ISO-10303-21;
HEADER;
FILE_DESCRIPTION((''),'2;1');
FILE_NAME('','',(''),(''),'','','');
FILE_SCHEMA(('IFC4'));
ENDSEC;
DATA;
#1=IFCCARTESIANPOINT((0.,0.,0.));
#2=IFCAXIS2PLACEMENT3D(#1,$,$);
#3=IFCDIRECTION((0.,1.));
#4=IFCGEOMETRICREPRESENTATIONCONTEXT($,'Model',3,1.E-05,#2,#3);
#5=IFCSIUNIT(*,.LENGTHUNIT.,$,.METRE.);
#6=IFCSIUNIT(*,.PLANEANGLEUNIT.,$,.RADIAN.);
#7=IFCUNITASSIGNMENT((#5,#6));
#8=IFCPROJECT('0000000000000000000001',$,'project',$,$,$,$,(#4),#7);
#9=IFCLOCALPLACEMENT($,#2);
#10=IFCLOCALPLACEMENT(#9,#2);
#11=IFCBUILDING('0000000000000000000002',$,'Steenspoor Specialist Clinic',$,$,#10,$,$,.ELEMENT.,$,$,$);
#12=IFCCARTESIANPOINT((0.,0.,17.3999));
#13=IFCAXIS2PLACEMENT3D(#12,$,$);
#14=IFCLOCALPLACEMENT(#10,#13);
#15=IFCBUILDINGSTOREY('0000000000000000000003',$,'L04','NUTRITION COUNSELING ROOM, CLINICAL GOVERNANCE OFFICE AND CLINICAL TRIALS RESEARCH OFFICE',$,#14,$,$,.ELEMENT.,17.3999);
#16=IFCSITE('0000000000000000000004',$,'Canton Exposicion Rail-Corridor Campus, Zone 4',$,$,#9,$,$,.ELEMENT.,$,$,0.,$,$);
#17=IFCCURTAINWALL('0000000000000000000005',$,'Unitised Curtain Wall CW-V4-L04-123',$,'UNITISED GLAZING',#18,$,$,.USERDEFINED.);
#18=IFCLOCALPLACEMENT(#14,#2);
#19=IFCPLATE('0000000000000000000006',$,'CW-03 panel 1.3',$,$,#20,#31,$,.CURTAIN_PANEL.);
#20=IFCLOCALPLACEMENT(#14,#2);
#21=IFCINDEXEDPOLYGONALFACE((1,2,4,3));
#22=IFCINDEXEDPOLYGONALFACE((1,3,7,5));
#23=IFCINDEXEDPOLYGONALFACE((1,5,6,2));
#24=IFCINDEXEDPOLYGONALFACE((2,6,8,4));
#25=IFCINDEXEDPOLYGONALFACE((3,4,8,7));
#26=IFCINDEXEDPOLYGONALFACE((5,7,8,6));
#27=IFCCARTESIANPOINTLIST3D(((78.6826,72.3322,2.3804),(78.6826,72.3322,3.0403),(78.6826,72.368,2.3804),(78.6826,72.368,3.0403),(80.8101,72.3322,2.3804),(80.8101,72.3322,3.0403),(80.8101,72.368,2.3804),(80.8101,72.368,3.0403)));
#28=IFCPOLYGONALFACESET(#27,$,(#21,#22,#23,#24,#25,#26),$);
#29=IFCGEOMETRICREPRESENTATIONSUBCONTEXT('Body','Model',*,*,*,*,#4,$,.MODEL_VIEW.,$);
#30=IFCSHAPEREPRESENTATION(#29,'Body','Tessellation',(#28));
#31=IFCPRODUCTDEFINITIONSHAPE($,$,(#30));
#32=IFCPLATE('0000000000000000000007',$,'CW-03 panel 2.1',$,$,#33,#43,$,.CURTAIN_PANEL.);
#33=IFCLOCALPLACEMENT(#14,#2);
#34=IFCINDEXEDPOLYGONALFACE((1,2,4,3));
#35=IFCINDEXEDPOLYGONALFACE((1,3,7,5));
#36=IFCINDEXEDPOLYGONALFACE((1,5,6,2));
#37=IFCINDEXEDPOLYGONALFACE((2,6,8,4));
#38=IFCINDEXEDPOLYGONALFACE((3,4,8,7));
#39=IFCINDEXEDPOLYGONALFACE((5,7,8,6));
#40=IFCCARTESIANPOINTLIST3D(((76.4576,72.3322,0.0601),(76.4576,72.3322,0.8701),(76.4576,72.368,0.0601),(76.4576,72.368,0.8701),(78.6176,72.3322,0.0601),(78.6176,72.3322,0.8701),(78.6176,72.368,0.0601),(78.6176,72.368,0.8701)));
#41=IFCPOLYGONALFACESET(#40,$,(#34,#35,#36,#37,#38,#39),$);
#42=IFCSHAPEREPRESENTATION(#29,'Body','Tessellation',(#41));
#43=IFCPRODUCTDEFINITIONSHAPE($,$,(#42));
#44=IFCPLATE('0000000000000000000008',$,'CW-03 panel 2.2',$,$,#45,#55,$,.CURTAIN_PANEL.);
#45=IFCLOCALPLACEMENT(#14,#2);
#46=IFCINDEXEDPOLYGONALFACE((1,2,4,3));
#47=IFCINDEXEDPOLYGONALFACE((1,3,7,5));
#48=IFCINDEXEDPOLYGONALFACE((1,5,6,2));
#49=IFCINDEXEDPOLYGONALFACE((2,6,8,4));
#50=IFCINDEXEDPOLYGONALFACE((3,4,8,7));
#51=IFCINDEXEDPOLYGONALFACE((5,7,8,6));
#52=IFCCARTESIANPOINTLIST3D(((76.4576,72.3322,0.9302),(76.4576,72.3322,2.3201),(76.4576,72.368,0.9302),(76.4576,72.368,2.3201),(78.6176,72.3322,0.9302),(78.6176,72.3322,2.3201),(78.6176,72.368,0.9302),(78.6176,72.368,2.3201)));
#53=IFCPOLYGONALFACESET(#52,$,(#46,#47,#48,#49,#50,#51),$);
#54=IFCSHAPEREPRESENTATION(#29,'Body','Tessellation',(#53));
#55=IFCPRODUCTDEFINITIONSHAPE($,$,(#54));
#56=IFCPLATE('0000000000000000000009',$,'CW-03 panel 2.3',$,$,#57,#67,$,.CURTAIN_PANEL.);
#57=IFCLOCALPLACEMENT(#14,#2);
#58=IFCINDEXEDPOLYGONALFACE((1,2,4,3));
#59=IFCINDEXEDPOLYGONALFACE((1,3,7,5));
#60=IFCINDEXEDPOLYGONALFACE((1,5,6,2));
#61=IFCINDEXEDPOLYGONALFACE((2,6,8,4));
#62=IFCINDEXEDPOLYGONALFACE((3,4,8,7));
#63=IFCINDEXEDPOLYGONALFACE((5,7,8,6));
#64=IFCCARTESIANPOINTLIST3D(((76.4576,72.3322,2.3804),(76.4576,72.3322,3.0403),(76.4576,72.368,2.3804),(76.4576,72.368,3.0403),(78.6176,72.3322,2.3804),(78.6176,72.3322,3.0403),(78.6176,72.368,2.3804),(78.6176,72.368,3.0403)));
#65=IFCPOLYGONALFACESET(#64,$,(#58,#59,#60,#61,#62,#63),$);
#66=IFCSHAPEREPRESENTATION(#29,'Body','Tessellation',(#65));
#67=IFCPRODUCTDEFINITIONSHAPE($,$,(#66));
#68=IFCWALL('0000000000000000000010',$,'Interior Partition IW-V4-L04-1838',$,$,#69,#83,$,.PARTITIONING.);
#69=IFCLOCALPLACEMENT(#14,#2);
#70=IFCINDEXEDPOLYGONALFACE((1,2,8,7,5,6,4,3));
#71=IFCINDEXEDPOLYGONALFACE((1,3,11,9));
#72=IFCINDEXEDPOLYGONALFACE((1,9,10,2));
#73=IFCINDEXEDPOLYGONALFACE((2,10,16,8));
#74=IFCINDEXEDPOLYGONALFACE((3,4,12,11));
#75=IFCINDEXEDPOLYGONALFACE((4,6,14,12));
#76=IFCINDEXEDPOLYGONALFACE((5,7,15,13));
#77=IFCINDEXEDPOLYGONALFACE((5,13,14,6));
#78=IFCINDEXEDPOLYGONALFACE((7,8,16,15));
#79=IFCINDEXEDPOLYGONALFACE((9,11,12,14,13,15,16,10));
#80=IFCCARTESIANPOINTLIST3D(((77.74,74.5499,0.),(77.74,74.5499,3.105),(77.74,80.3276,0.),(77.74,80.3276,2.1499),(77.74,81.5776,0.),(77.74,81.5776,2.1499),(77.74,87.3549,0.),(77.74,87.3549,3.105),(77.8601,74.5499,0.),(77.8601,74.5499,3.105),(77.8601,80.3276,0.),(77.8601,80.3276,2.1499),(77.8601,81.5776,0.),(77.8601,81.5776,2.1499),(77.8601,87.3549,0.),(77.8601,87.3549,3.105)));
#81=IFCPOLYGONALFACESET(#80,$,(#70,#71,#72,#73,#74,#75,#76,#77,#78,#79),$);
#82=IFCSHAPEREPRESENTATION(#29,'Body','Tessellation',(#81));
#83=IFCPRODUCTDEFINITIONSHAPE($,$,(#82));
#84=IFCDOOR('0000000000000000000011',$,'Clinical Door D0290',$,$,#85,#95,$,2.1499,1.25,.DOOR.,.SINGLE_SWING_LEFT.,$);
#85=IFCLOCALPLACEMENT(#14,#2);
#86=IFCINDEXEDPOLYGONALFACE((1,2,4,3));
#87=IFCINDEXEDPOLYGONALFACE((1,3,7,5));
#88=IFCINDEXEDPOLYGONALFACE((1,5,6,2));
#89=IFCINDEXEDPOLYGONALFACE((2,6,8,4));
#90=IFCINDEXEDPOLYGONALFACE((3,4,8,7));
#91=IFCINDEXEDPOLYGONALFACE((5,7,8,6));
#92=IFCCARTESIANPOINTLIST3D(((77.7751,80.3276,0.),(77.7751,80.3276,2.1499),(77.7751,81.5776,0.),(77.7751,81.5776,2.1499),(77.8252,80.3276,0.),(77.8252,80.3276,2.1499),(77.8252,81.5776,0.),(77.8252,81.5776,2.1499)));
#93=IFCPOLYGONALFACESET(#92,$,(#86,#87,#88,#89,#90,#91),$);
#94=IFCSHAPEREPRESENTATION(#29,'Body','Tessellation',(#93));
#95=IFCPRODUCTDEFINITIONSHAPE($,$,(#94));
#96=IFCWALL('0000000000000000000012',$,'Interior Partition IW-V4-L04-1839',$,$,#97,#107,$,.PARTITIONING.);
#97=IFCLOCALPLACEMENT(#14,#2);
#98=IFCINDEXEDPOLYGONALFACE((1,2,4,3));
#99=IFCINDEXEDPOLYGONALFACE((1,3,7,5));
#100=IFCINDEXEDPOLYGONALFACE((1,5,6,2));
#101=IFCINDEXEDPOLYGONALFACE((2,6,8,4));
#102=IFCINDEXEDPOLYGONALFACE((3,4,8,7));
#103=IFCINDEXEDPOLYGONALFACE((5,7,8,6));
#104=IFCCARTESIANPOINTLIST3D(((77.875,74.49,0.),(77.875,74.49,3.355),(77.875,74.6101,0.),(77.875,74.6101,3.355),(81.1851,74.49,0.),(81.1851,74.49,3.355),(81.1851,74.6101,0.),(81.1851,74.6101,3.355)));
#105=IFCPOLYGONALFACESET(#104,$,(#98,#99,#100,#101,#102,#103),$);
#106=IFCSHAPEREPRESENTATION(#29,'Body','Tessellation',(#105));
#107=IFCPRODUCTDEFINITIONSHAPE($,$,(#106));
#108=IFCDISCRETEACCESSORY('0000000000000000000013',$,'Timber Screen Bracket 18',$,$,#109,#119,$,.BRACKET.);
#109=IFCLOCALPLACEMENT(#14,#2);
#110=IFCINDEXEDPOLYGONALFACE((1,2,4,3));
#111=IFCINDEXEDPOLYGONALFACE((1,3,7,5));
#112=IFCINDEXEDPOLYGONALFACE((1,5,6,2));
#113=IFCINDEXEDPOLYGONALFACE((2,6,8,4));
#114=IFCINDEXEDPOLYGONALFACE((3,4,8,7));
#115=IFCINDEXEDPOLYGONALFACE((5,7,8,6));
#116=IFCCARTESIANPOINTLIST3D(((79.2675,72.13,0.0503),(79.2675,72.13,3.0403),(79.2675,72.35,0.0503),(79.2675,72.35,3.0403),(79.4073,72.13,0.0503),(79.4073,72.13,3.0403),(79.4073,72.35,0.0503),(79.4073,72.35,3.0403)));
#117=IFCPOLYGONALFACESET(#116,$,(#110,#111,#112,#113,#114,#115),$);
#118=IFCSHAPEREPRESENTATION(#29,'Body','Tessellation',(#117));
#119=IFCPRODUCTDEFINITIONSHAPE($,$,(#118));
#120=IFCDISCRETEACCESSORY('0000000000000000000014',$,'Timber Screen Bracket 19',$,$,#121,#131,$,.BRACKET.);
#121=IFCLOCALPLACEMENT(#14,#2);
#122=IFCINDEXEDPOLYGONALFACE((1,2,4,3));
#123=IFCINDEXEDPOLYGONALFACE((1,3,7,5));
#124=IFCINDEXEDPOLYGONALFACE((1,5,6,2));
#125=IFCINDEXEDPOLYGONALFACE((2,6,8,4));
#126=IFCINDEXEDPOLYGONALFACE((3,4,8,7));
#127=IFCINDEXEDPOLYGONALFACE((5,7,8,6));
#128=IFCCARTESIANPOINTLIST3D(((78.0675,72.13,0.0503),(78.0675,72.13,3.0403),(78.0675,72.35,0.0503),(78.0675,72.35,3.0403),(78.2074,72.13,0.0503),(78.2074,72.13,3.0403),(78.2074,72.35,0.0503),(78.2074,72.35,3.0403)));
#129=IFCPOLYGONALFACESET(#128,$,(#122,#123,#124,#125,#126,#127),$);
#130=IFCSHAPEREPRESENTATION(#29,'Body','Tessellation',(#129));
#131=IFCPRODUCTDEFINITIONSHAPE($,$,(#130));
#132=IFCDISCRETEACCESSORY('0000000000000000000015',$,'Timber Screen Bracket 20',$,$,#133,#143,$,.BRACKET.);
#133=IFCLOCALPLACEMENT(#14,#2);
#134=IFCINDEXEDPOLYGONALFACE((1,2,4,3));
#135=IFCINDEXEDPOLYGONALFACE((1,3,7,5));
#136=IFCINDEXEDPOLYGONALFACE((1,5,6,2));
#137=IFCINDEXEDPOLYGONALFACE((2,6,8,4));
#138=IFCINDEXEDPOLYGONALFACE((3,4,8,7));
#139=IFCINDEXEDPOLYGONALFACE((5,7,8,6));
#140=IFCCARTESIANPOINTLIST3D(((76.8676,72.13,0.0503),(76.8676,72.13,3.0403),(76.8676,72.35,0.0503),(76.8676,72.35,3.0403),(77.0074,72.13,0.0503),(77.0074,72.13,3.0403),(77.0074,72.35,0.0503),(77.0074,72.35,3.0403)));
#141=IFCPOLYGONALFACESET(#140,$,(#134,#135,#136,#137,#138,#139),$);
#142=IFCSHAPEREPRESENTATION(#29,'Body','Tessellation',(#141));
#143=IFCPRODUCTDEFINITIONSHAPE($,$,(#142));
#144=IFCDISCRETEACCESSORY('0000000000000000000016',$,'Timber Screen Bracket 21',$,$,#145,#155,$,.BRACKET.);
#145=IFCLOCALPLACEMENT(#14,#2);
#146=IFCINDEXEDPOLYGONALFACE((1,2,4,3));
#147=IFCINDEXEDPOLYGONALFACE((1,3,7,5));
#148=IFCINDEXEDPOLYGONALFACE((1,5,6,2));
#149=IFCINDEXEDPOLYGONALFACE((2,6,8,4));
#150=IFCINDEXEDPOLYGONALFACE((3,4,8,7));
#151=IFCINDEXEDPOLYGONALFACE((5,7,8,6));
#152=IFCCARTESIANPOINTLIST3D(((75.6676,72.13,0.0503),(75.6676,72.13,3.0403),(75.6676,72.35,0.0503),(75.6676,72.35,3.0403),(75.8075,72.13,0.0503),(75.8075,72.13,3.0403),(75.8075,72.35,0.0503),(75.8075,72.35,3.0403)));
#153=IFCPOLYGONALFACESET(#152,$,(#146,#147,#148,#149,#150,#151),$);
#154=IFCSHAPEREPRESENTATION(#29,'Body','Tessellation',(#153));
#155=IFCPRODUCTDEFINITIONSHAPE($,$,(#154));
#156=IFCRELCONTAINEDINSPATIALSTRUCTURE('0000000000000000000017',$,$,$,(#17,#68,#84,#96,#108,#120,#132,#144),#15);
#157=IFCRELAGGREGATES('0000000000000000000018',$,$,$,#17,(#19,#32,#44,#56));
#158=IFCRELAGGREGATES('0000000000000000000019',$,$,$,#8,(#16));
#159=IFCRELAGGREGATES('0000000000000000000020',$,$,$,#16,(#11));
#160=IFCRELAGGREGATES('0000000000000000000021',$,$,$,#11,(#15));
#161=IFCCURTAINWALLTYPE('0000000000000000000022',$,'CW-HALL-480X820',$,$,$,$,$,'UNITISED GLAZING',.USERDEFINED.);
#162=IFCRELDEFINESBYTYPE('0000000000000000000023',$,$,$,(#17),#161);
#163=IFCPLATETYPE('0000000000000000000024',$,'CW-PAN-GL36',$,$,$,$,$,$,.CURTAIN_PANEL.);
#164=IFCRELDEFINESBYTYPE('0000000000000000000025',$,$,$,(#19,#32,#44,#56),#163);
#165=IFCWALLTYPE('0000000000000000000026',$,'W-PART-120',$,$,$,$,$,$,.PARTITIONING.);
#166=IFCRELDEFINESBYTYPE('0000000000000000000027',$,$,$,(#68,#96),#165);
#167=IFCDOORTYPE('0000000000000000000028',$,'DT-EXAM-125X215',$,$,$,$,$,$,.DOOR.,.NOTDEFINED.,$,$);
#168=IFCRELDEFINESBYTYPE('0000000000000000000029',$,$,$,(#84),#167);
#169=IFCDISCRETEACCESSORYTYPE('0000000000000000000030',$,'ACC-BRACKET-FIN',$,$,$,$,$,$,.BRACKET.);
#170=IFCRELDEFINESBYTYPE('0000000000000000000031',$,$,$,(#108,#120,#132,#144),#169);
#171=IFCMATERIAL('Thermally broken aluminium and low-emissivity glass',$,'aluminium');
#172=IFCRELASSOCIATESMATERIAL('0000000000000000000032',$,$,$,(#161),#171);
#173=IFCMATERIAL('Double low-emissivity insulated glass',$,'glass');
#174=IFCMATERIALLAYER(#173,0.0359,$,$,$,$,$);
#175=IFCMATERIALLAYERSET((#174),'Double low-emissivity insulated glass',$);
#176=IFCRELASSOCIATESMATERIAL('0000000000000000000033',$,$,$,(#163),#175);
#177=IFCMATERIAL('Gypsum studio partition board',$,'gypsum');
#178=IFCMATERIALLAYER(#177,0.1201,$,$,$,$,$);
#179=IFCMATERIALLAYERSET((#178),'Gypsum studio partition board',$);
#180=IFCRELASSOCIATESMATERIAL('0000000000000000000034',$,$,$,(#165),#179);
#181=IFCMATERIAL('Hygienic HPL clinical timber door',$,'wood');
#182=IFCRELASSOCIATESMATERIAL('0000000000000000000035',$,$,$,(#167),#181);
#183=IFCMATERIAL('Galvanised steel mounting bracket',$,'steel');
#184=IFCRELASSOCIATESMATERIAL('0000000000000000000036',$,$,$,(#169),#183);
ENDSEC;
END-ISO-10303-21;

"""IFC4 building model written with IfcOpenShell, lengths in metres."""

from ifc_helpers import new_model, si_unit, direction, frame, frame_2d, origin, origin_2d, place, context, subcontext, project, spatial, rectangle, extrude, material, layer, layer_set, type_object, element, fill, aggregate, save


model = new_model("IFC4")

# Units and contexts
model_context = context("Model", 3, precision=1e-05, world=origin(), true_north=direction((0.0, 1.0)))
body_context = subcontext(model_context, "Body", "Model", "MODEL_VIEW")
ifc_project = project(units=[si_unit("LENGTHUNIT", "METRE"), si_unit("PLANEANGLEUNIT", "RADIAN")], contexts=[model_context])

# Site, building, storey
site_placement = place(None, origin())
site = spatial("IfcSite", under=ifc_project, at=site_placement, Name="Canton Exposicion Rail-Corridor Campus, Zone 4", CompositionType="ELEMENT", RefElevation=0.0)
building_placement = place(site_placement, origin())
building = spatial("IfcBuilding", under=site, at=building_placement, Name="Steenspoor Specialist Clinic", CompositionType="ELEMENT")
storey_placement = place(building_placement, frame((0.0, 0.0, 17.3999)))
storey = spatial("IfcBuildingStorey", under=building, at=storey_placement, Name="L04", Description="NUTRITION COUNSELING ROOM, CLINICAL GOVERNANCE OFFICE AND CLINICAL TRIALS RESEARCH OFFICE", CompositionType="ELEMENT", Elevation=17.3999)

# Curtain wall
ifc_material_1 = material(Name="Thermally broken aluminium and low-emissivity glass", Category="aluminium")
curtain_wall_type = type_object("IfcCurtainWallType", Name="CW-HALL-480X820", ElementType="UNITISED GLAZING", PredefinedType="USERDEFINED", material=ifc_material_1)
curtain_wall_placement = place(storey_placement, origin())
curtain_wall = element("IfcCurtainWall", 1, at=curtain_wall_placement, inside=storey, type_object=curtain_wall_type, Name="Unitised Curtain Wall CW-V4-L04-123", ObjectType="UNITISED GLAZING", PredefinedType="USERDEFINED")

# Plates
ifc_material_2 = material(Name="Double low-emissivity insulated glass", Category="glass")
ifc_layer_1 = layer(ifc_material_2, 0.0359)
ifc_layer_set_1 = layer_set([ifc_layer_1], Name="Double low-emissivity insulated glass")
plate_type = type_object("IfcPlateType", Name="CW-PAN-GL36", PredefinedType="CURTAIN_PANEL", material=ifc_layer_set_1)
plate_1_placement = place(storey_placement, frame((79.7463, 72.3501, 2.3804), z_axis=(0.0, 0.0, 1.0), x_axis=(-1.0, 0.0, 0.0)))
plate_1 = element("IfcPlate", 2, at=plate_1_placement, type_object=plate_type, Name="CW-03 panel 1.3", PredefinedType="CURTAIN_PANEL", context=body_context, shape_type="SweptSolid", body=[
    extrude(rectangle(XDim=2.1274, YDim=0.0359, at=origin_2d()), origin(), (0.0, 0.0, 1.0), 0.6599),
])
plate_2_placement = place(storey_placement, frame((77.5376, 72.3501, 0.0601), z_axis=(0.0, 0.0, 1.0), x_axis=(-1.0, 0.0, 0.0)))
plate_2 = element("IfcPlate", 3, at=plate_2_placement, type_object=plate_type, Name="CW-03 panel 2.1", PredefinedType="CURTAIN_PANEL", context=body_context, shape_type="SweptSolid", body=[
    extrude(rectangle(XDim=2.1599, YDim=0.0359, at=origin_2d()), origin(), (0.0, 0.0, 1.0), 0.8101),
])
plate_3_placement = place(storey_placement, frame((77.5376, 72.3501, 0.9302), z_axis=(0.0, 0.0, 1.0), x_axis=(-1.0, 0.0, 0.0)))
plate_3 = element("IfcPlate", 4, at=plate_3_placement, type_object=plate_type, Name="CW-03 panel 2.2", PredefinedType="CURTAIN_PANEL", context=body_context, shape_type="SweptSolid", body=[
    extrude(rectangle(XDim=2.1599, YDim=0.0359, at=origin_2d()), origin(), (0.0, 0.0, 1.0), 1.3899),
])
plate_4_placement = place(storey_placement, frame((77.5376, 72.3501, 2.3804), z_axis=(0.0, 0.0, 1.0), x_axis=(-1.0, 0.0, 0.0)))
plate_4 = element("IfcPlate", 5, at=plate_4_placement, type_object=plate_type, Name="CW-03 panel 2.3", PredefinedType="CURTAIN_PANEL", context=body_context, shape_type="SweptSolid", body=[
    extrude(rectangle(XDim=2.1599, YDim=0.0359, at=origin_2d()), origin(), (0.0, 0.0, 1.0), 0.6599),
])
aggregate(curtain_wall, [plate_1, plate_2, plate_3, plate_4])

# Wall, opening, door
ifc_material_3 = material(Name="Gypsum studio partition board", Category="gypsum")
ifc_layer_2 = layer(ifc_material_3, 0.1201)
ifc_layer_set_2 = layer_set([ifc_layer_2], Name="Gypsum studio partition board")
wall_type = type_object("IfcWallType", Name="W-PART-120", PredefinedType="PARTITIONING", material=ifc_layer_set_2)
wall_1_placement = place(storey_placement, frame((77.8, 74.55, 0.0), z_axis=(0.0, 0.0, 1.0), x_axis=(0.0, 1.0, 0.0)))
wall_1 = element("IfcWall", 6, at=wall_1_placement, inside=storey, type_object=wall_type, Name="Interior Partition IW-V4-L04-1838", PredefinedType="PARTITIONING", context=body_context, shape_type="SweptSolid", body=[
    extrude(rectangle(XDim=12.8049, YDim=0.1201, at=frame_2d((6.4023, 0.0))), origin(), (0.0, 0.0, 1.0), 3.105),
])
opening_placement = place(wall_1_placement, frame((5.7776, 0.0, 0.0)))
opening = element("IfcOpeningElement", 7, at=opening_placement, cuts=wall_1, PredefinedType="OPENING", context=body_context, shape_type="SweptSolid", body=[
    extrude(rectangle(XDim=1.25, YDim=2.1499, at=frame_2d((0.625, 1.075))), frame((0.0, 0.0701, 0.0), z_axis=(0.0, -1.0, 0.0), x_axis=(1.0, 0.0, 0.0)), (0.0, 0.0, 1.0), 0.1401),
])
ifc_material_4 = material(Name="Hygienic HPL clinical timber door", Category="wood")
door_type = type_object("IfcDoorType", Name="DT-EXAM-125X215", OperationType="NOTDEFINED", PredefinedType="DOOR", material=ifc_material_4)
door_placement = place(opening_placement, origin())
door = element("IfcDoor", 8, at=door_placement, inside=storey, type_object=door_type, Name="Clinical Door D0290", OperationType="SINGLE_SWING_LEFT", OverallHeight=2.1499, OverallWidth=1.25, PredefinedType="DOOR", context=body_context, shape_type="SweptSolid", body=[
    extrude(rectangle(XDim=1.25, YDim=2.1499, at=frame_2d((0.625, 1.075))), frame((0.0, 0.0249, 0.0), z_axis=(0.0, -1.0, 0.0), x_axis=(1.0, 0.0, 0.0)), (0.0, 0.0, 1.0), 0.05),
])
fill(opening, door)

# Wall
wall_2_placement = place(storey_placement, frame((77.875, 74.55, 0.0), z_axis=(0.0, 0.0, 1.0), x_axis=(1.0, 0.0, 0.0)))
element("IfcWall", 9, at=wall_2_placement, inside=storey, type_object=wall_type, Name="Interior Partition IW-V4-L04-1839", PredefinedType="PARTITIONING", context=body_context, shape_type="SweptSolid", body=[
    extrude(rectangle(XDim=3.3101, YDim=0.1201, at=frame_2d((1.655, 0.0))), origin(), (0.0, 0.0, 1.0), 3.355),
])

# Discrete accessories
ifc_material_5 = material(Name="Galvanised steel mounting bracket", Category="steel")
discrete_accessory_type = type_object("IfcDiscreteAccessoryType", Name="ACC-BRACKET-FIN", PredefinedType="BRACKET", material=ifc_material_5)
for number, where, z_axis, x_axis, name in (
    (10, (79.3374, 72.24, 0.0503), (0.0, 0.0, 1.0), (0.0, -1.0, 0.0), "Timber Screen Bracket 18"),
    (11, (78.1375, 72.24, 0.0503), (0.0, 0.0, 1.0), (0.0, -1.0, 0.0), "Timber Screen Bracket 19"),
    (12, (76.9375, 72.24, 0.0503), (0.0, 0.0, 1.0), (0.0, -1.0, 0.0), "Timber Screen Bracket 20"),
    (13, (75.7375, 72.24, 0.0503), (0.0, 0.0, 1.0), (0.0, -1.0, 0.0), "Timber Screen Bracket 21"),
):
    element("IfcDiscreteAccessory", number, at=place(storey_placement, frame(where, z_axis=z_axis, x_axis=x_axis)), inside=storey, type_object=discrete_accessory_type, Name=name, PredefinedType="BRACKET", context=body_context, shape_type="SweptSolid", body=[
        extrude(rectangle(XDim=0.22, YDim=0.1399, at=origin_2d()), origin(), (0.0, 0.0, 1.0), 2.99),
    ])

save(model, "model.ifc")
